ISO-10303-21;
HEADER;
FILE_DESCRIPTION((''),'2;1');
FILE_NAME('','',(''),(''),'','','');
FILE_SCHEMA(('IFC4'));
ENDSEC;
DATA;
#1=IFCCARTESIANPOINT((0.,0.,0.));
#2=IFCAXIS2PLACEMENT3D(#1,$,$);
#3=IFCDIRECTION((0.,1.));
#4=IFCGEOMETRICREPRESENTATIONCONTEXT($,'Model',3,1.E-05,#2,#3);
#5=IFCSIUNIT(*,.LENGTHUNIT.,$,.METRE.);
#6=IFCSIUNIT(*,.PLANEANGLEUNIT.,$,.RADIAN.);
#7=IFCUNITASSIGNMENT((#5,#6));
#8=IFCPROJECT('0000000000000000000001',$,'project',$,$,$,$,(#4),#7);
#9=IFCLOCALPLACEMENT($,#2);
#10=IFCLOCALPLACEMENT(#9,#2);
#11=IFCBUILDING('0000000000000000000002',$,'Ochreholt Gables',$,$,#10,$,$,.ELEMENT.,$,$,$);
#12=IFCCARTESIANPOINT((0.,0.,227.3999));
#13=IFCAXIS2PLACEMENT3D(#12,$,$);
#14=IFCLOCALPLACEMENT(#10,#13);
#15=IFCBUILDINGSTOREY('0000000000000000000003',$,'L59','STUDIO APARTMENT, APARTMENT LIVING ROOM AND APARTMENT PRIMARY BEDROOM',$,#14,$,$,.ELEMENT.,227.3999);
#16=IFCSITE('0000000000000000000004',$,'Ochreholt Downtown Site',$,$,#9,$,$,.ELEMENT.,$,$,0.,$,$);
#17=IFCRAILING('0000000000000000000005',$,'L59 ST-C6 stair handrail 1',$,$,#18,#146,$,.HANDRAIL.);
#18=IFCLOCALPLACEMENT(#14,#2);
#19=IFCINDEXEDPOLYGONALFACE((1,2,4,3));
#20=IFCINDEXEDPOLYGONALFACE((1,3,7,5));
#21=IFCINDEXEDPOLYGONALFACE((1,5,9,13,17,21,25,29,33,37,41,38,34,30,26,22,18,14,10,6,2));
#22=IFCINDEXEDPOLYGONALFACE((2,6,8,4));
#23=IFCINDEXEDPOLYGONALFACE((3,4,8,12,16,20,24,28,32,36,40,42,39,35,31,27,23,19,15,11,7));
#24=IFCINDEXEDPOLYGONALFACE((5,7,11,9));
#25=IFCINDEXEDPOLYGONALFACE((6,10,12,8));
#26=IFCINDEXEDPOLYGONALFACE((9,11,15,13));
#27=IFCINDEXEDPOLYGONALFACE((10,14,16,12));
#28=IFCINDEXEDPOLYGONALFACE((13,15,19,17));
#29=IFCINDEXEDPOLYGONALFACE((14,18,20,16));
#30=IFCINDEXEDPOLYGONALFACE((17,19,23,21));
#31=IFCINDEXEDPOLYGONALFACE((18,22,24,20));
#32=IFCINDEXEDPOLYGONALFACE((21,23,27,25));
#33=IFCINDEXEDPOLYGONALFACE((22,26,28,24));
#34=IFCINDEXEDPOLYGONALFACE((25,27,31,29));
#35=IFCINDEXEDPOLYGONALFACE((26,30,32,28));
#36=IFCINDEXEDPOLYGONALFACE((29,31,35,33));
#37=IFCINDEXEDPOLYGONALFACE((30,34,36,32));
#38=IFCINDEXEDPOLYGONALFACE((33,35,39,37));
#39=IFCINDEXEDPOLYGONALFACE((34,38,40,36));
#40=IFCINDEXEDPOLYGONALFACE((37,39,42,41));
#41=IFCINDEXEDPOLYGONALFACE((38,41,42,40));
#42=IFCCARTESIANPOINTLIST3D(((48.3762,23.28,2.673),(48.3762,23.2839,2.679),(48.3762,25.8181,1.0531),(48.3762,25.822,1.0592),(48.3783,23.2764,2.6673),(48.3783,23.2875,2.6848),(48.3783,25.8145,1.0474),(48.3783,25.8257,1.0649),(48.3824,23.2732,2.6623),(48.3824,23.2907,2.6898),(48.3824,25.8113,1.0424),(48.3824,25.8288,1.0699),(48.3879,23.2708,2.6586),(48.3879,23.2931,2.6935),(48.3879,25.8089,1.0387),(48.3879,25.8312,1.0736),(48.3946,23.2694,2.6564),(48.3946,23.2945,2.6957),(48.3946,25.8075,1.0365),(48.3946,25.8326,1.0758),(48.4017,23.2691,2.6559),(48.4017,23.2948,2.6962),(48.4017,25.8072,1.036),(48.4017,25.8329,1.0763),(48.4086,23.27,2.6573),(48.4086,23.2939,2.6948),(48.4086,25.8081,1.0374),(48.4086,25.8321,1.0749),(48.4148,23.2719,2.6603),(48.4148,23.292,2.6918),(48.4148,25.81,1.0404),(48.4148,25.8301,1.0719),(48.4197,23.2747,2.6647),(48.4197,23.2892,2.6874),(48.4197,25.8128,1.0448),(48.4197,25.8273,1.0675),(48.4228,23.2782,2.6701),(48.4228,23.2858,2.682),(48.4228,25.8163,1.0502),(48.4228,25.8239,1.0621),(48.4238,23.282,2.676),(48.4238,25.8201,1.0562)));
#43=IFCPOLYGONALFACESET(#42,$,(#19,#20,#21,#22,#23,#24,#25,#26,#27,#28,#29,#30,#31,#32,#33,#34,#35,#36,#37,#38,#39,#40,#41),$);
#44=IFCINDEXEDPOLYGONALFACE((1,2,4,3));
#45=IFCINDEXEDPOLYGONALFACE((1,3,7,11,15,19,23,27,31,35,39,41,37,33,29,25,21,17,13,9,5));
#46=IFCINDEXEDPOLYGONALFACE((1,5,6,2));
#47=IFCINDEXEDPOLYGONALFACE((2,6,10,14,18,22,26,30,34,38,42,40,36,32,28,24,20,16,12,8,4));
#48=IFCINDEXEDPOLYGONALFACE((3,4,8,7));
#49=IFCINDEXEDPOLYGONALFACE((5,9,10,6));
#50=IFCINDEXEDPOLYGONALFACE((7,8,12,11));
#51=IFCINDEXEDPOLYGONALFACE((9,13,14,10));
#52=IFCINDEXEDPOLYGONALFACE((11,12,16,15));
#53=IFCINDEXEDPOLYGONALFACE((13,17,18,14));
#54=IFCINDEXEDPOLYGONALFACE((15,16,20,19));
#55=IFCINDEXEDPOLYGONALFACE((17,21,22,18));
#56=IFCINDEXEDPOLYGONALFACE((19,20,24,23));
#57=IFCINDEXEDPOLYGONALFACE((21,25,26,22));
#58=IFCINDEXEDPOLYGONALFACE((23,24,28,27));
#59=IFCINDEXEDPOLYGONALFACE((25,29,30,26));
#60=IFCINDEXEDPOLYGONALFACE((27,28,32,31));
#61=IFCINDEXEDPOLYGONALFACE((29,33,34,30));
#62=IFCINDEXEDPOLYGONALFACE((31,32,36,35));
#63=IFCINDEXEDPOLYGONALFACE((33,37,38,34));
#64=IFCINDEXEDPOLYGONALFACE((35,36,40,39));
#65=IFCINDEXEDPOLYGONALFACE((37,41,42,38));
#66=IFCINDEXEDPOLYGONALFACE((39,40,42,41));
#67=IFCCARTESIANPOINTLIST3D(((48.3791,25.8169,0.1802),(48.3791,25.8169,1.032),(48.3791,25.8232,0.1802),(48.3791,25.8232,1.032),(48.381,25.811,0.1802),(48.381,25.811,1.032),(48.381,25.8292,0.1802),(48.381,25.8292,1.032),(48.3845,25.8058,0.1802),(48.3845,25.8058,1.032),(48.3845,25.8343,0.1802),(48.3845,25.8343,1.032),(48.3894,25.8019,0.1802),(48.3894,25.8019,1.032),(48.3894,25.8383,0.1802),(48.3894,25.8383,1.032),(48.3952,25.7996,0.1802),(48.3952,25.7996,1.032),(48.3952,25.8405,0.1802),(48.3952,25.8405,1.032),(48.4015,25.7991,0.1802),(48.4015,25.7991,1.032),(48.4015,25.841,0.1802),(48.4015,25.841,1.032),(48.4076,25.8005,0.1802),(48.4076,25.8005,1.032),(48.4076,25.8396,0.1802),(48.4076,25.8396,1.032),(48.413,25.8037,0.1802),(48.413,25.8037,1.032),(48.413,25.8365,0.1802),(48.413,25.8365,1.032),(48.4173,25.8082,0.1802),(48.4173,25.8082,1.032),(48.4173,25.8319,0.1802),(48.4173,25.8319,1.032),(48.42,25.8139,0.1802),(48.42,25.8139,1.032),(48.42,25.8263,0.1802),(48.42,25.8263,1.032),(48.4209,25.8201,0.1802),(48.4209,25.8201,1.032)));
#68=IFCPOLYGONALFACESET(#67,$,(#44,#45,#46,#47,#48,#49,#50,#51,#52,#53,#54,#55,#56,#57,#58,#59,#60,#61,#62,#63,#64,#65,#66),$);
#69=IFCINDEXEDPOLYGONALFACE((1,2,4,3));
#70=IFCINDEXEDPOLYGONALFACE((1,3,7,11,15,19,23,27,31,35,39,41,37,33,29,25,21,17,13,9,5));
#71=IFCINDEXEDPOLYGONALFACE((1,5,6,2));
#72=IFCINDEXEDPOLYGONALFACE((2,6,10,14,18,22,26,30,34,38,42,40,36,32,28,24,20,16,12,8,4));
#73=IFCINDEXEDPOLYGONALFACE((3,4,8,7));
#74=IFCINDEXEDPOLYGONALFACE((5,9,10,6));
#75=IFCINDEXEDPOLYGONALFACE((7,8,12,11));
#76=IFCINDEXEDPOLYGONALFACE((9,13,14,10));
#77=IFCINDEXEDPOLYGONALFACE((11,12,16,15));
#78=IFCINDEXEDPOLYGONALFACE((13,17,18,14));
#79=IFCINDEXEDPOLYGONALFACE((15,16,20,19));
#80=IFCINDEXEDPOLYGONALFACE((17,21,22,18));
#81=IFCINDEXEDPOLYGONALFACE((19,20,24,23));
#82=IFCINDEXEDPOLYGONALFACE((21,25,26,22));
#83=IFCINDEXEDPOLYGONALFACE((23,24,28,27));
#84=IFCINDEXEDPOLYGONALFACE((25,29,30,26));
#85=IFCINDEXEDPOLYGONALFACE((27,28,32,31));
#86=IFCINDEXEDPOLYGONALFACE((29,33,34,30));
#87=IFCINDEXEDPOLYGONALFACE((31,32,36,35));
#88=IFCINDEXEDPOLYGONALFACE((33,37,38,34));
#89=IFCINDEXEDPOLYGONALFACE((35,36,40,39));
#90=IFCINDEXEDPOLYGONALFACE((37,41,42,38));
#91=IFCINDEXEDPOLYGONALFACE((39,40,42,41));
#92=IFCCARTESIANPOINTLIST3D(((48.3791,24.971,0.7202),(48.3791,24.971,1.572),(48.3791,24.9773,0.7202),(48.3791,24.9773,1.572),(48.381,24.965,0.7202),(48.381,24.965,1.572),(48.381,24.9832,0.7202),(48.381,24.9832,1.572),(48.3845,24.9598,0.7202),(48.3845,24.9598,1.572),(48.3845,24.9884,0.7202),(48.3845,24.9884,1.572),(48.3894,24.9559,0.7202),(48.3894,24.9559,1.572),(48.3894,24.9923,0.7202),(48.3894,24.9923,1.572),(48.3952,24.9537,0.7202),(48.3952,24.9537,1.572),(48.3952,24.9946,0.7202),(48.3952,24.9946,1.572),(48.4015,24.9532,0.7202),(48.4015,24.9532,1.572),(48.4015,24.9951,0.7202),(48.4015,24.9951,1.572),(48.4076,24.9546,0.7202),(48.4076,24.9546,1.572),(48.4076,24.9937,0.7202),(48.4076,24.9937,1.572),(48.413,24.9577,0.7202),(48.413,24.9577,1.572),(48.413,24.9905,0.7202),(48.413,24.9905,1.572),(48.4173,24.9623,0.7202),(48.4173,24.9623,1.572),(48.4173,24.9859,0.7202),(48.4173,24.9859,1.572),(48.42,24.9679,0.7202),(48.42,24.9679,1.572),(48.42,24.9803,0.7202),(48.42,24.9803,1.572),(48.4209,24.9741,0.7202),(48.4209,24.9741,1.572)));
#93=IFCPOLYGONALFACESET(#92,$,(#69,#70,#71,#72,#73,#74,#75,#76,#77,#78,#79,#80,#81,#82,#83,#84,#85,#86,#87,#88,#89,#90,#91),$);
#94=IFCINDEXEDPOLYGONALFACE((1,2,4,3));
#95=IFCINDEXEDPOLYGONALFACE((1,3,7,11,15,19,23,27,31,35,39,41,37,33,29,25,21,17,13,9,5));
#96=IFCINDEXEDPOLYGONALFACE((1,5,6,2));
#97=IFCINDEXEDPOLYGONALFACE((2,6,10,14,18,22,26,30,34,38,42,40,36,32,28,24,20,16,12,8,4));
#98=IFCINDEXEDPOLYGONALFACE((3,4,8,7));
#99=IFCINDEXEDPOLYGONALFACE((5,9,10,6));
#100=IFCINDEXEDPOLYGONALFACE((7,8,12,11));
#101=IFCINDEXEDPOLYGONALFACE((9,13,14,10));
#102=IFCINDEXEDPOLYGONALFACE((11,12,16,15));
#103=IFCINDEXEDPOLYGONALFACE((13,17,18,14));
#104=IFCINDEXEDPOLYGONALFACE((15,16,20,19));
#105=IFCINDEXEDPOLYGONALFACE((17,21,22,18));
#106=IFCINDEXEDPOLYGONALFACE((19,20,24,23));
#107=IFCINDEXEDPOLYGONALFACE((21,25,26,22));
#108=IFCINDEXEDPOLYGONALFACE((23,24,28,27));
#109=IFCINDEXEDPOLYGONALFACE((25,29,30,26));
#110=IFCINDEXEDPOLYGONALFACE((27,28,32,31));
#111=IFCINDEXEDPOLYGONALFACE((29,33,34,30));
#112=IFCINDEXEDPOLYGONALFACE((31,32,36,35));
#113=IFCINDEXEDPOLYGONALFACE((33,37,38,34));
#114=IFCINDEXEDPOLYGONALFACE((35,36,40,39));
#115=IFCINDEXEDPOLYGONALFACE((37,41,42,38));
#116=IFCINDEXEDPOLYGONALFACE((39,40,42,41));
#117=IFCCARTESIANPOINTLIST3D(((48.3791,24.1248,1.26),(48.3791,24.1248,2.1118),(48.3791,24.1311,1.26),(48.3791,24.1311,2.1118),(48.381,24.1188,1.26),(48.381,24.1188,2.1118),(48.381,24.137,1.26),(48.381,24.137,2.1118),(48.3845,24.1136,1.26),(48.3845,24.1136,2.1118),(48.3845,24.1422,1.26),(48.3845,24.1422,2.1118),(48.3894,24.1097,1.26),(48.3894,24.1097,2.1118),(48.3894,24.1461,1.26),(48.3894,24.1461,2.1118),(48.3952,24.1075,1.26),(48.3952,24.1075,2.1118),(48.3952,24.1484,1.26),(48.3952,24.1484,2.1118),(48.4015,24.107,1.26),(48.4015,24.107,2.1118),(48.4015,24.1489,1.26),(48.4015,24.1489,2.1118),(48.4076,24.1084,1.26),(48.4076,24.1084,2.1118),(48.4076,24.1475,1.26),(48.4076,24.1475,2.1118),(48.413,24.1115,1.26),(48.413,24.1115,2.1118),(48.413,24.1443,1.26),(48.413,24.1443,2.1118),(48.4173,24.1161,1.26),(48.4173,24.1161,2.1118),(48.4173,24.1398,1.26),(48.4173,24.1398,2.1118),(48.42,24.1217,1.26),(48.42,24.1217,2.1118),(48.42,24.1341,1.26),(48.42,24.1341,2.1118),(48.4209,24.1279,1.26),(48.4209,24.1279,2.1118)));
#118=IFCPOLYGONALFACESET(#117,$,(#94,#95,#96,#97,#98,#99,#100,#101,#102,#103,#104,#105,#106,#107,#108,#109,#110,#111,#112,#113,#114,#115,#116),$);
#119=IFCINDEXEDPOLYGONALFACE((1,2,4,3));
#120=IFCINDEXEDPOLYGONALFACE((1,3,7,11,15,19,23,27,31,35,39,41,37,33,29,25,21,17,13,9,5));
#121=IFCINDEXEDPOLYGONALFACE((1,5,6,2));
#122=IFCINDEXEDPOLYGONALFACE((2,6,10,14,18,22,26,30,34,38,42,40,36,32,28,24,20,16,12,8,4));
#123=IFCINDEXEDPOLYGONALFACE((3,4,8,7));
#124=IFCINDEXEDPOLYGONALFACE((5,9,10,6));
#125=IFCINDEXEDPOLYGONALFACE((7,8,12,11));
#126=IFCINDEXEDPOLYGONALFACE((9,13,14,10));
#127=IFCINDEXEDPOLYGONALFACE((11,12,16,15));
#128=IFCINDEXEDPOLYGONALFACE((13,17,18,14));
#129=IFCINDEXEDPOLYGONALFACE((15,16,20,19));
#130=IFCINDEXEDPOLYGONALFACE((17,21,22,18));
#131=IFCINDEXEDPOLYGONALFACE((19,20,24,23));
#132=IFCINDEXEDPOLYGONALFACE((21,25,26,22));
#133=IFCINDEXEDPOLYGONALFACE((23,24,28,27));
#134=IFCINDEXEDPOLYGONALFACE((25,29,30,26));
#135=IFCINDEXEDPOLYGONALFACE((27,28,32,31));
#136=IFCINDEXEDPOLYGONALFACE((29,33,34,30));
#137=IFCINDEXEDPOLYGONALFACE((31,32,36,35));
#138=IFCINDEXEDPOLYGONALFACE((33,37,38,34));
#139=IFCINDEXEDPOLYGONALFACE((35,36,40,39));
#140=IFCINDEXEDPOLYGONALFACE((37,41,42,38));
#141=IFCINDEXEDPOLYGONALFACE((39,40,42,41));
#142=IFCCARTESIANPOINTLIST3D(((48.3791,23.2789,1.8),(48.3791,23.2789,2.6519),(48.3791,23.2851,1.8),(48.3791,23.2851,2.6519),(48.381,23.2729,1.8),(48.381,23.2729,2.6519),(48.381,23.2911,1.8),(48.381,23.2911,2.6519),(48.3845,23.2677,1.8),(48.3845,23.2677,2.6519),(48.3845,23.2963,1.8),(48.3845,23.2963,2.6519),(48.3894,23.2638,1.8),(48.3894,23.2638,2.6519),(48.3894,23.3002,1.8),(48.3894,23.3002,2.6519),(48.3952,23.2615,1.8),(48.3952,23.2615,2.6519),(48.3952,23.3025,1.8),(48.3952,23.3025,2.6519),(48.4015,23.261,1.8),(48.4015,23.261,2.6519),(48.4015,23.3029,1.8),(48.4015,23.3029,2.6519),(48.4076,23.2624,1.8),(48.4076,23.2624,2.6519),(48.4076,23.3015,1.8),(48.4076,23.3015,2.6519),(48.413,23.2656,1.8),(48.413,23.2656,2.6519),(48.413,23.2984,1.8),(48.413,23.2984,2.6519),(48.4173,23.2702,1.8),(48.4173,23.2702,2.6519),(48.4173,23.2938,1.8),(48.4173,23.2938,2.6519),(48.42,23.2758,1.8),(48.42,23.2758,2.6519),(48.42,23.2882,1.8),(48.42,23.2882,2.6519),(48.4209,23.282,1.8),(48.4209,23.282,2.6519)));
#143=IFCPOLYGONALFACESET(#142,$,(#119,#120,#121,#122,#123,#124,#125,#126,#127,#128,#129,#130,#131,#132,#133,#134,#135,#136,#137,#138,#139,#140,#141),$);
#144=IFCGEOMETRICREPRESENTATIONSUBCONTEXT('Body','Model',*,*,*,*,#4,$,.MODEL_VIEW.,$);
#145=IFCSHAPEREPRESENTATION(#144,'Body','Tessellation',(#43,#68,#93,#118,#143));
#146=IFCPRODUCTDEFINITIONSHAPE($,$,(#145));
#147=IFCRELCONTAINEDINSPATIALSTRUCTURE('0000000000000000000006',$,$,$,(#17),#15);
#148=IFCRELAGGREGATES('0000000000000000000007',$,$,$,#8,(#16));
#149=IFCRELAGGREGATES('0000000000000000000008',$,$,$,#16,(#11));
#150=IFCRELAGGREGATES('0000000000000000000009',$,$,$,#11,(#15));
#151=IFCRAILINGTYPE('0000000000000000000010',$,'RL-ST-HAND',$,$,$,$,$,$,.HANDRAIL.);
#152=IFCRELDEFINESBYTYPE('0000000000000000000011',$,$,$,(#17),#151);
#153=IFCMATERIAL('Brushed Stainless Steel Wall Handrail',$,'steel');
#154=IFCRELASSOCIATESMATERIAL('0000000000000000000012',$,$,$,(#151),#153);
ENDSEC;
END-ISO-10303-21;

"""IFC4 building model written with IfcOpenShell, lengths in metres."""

from ifc_helpers import new_model, si_unit, direction, frame, origin, origin_2d, place, context, subcontext, project, spatial, circle, extrude, material, type_object, element, save


model = new_model("IFC4")

# Units and contexts
model_context = context("Model", 3, precision=1e-05, world=origin(), true_north=direction((0.0, 1.0)))
body_context = subcontext(model_context, "Body", "Model", "MODEL_VIEW")
ifc_project = project(units=[si_unit("LENGTHUNIT", "METRE"), si_unit("PLANEANGLEUNIT", "RADIAN")], contexts=[model_context])

# Site, building, storey
site_placement = place(None, origin())
site = spatial("IfcSite", under=ifc_project, at=site_placement, Name="Ochreholt Downtown Site", CompositionType="ELEMENT", RefElevation=0.0)
building_placement = place(site_placement, origin())
building = spatial("IfcBuilding", under=site, at=building_placement, Name="Ochreholt Gables", CompositionType="ELEMENT")
storey_placement = place(building_placement, frame((0.0, 0.0, 227.3999)))
storey = spatial("IfcBuildingStorey", under=building, at=storey_placement, Name="L59", Description="STUDIO APARTMENT, APARTMENT LIVING ROOM AND APARTMENT PRIMARY BEDROOM", CompositionType="ELEMENT", Elevation=227.3999)

# Railing
ifc_material_1 = material(Name="Brushed Stainless Steel Wall Handrail", Category="steel")
railing_type_1 = type_object("IfcRailingType", Name="RL-ST-HAND", PredefinedType="HANDRAIL", material=ifc_material_1)
railing_1_placement = place(storey_placement, frame((48.3999, 25.8201, 0.1802)))
element("IfcRailing", 1, at=railing_1_placement, inside=storey, type_object=railing_type_1, Name="L59 ST-C6 stair handrail 1", PredefinedType="HANDRAIL", context=body_context, shape_type="SweptSolid", body=[
    extrude(circle(Radius=0.0239, at=origin_2d()), frame((0.0, 0.0, 0.876), z_axis=(0.0, -0.84295, 0.537993), x_axis=(1.0, 0.0, 0.0)), (0.0, 0.0, 1.0), 3.011),
    extrude(circle(Radius=0.021, at=origin_2d()), origin(), (0.0, 0.0, 1.0), 0.8518),
    extrude(circle(Radius=0.021, at=origin_2d()), frame((0.0, -0.8459, 0.54)), (0.0, 0.0, 1.0), 0.8518),
    extrude(circle(Radius=0.021, at=origin_2d()), frame((0.0, -1.6921, 1.0798)), (0.0, 0.0, 1.0), 0.8518),
    extrude(circle(Radius=0.021, at=origin_2d()), frame((0.0, -2.5381, 1.6199)), (0.0, 0.0, 1.0), 0.8518),
])

save(model, "model.ifc")
